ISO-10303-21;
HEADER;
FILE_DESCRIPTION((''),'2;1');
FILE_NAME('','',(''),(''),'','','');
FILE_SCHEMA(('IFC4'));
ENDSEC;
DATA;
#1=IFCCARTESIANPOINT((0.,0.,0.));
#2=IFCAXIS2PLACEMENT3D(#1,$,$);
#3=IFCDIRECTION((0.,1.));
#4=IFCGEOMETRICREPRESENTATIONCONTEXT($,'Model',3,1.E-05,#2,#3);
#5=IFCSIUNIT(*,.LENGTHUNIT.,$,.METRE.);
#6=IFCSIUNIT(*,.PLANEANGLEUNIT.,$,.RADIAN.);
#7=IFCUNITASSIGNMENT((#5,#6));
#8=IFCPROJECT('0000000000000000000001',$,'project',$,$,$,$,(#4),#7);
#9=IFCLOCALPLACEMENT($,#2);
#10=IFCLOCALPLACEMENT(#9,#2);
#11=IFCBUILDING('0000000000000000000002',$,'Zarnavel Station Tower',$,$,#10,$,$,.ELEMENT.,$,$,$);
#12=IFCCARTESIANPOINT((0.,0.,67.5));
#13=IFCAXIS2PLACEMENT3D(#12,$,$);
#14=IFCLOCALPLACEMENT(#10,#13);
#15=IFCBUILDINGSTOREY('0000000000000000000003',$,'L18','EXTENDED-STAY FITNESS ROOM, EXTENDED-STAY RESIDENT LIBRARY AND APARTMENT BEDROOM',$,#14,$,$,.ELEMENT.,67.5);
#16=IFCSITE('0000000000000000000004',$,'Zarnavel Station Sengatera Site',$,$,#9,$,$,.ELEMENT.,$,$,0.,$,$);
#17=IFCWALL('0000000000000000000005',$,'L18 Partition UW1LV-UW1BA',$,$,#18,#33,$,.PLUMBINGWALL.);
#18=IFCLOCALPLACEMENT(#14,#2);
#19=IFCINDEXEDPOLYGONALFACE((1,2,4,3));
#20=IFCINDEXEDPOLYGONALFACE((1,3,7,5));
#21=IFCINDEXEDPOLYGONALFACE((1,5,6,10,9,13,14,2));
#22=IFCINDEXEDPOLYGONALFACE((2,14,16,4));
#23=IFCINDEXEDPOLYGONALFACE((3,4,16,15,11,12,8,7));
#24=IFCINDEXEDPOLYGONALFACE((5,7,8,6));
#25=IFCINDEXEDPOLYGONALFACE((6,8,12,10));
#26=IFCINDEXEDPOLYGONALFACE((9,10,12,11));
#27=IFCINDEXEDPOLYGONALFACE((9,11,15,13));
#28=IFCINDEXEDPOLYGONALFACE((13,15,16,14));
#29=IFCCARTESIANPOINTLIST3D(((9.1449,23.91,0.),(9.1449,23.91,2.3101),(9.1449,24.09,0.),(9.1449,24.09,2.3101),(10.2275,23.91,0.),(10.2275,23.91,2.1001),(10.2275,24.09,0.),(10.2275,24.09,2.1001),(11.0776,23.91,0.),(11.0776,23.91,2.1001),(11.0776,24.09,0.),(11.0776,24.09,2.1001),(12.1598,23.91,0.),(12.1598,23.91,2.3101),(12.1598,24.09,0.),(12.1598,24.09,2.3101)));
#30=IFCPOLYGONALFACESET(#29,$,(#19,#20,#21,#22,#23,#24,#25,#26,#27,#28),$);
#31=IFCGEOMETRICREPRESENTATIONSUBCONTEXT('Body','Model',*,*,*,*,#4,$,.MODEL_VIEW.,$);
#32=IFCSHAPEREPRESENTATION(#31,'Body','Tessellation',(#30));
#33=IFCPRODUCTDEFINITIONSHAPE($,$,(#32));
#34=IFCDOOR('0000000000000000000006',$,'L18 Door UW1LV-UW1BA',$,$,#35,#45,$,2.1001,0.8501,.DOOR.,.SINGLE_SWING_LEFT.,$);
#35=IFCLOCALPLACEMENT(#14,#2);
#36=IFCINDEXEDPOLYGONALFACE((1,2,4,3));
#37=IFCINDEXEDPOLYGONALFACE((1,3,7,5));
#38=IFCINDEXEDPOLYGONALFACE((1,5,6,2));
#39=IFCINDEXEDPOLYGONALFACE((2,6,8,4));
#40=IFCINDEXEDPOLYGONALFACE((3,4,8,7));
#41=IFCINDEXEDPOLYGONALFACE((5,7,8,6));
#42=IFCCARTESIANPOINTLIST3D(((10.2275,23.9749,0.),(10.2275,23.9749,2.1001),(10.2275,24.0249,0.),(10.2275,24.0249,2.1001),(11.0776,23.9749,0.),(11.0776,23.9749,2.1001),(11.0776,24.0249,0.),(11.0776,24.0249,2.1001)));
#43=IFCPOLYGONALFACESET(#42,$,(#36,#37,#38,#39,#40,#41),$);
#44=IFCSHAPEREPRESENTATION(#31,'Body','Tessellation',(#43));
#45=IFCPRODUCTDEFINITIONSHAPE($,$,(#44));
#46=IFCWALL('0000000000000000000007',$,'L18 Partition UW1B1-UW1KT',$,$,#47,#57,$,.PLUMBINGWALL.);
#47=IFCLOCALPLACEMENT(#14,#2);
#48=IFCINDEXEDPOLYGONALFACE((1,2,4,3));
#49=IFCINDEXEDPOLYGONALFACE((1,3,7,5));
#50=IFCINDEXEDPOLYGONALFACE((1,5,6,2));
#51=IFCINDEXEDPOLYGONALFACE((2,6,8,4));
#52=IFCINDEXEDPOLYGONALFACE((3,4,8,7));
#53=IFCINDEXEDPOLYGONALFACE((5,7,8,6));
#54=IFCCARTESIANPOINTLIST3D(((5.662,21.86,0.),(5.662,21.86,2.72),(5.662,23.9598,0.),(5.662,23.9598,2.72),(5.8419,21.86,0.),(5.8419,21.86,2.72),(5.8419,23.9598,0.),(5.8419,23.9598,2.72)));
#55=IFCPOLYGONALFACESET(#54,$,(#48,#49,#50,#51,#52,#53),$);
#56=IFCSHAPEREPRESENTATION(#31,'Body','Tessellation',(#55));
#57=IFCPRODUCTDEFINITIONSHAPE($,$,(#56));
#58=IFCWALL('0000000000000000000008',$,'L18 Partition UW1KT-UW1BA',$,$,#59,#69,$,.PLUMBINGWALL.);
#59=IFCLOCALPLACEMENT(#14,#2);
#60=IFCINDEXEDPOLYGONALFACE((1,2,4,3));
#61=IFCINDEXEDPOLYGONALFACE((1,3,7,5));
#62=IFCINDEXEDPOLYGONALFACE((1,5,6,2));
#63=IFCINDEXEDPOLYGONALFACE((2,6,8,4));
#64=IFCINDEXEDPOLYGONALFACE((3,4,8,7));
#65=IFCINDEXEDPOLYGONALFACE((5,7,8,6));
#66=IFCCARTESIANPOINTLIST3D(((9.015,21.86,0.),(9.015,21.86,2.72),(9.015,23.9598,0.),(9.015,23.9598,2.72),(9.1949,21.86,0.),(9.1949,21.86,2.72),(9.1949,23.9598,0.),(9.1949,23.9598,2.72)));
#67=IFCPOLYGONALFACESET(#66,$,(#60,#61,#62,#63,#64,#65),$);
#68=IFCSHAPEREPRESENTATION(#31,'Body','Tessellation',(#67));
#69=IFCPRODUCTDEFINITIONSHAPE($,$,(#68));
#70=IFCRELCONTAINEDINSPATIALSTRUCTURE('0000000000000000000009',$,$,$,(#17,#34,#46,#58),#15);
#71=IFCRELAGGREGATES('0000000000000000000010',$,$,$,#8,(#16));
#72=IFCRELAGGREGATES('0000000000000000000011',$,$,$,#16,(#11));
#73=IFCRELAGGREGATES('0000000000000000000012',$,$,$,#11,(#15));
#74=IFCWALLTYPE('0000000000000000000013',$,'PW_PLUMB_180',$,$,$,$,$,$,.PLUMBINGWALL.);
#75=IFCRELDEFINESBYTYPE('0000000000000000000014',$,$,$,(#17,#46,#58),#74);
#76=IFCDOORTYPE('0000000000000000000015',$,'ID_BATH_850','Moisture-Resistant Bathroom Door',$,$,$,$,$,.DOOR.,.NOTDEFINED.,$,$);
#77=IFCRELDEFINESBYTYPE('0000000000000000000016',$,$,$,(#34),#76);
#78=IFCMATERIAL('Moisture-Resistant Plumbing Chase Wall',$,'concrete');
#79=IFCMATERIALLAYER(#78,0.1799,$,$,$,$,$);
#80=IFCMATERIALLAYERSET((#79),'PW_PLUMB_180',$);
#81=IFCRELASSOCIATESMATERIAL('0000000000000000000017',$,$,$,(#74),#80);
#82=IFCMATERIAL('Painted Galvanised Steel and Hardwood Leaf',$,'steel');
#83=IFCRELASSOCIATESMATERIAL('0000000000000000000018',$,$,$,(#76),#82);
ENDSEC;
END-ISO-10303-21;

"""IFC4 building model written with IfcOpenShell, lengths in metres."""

from ifc_helpers import new_model, si_unit, direction, frame, frame_2d, origin, place, context, subcontext, project, spatial, rectangle, extrude, material, layer, layer_set, type_object, element, fill, save


model = new_model("IFC4")

# Units and contexts
model_context = context("Model", 3, precision=1e-05, world=origin(), true_north=direction((0.0, 1.0)))
body_context = subcontext(model_context, "Body", "Model", "MODEL_VIEW")
ifc_project = project(units=[si_unit("LENGTHUNIT", "METRE"), si_unit("PLANEANGLEUNIT", "RADIAN")], contexts=[model_context])

# Site, building, storey
site_placement = place(None, origin())
site = spatial("IfcSite", under=ifc_project, at=site_placement, Name="Zarnavel Station Sengatera Site", CompositionType="ELEMENT", RefElevation=0.0)
building_placement = place(site_placement, origin())
building = spatial("IfcBuilding", under=site, at=building_placement, Name="Zarnavel Station Tower", CompositionType="ELEMENT")
storey_placement = place(building_placement, frame((0.0, 0.0, 67.5)))
storey = spatial("IfcBuildingStorey", under=building, at=storey_placement, Name="L18", Description="EXTENDED-STAY FITNESS ROOM, EXTENDED-STAY RESIDENT LIBRARY AND APARTMENT BEDROOM", CompositionType="ELEMENT", Elevation=67.5)

# Wall, opening, door
ifc_material_1 = material(Name="Moisture-Resistant Plumbing Chase Wall", Category="concrete")
ifc_layer_1 = layer(ifc_material_1, 0.1799)
ifc_layer_set_1 = layer_set([ifc_layer_1], Name="PW_PLUMB_180")
wall_type_1 = type_object("IfcWallType", Name="PW_PLUMB_180", PredefinedType="PLUMBINGWALL", material=ifc_layer_set_1)
wall_1_placement = place(storey_placement, frame((9.145, 24.0, 0.0), z_axis=(0.0, 0.0, 1.0), x_axis=(1.0, 0.0, 0.0)))
wall_1 = element("IfcWall", 1, at=wall_1_placement, inside=storey, type_object=wall_type_1, Name="L18 Partition UW1LV-UW1BA", PredefinedType="PLUMBINGWALL", context=body_context, shape_type="SweptSolid", body=[
    extrude(rectangle(XDim=3.0149, YDim=0.1799, at=frame_2d((1.5073, 0.0))), origin(), (0.0, 0.0, 1.0), 2.3101),
])
opening_1_placement = place(wall_1_placement, frame((1.0825, 0.0, 0.0)))
opening_1 = element("IfcOpeningElement", 2, at=opening_1_placement, cuts=wall_1, PredefinedType="OPENING", context=body_context, shape_type="SweptSolid", body=[
    extrude(rectangle(XDim=0.8501, YDim=2.1001, at=frame_2d((0.425, 1.05))), frame((0.0, 0.0999, 0.0), z_axis=(0.0, -1.0, 0.0), x_axis=(1.0, 0.0, 0.0)), (0.0, 0.0, 1.0), 0.2),
])
ifc_material_2 = material(Name="Painted Galvanised Steel and Hardwood Leaf", Category="steel")
door_type_1 = type_object("IfcDoorType", Name="ID_BATH_850", Description="Moisture-Resistant Bathroom Door", OperationType="NOTDEFINED", PredefinedType="DOOR", material=ifc_material_2)
door_1_placement = place(opening_1_placement, origin())
door_1 = element("IfcDoor", 3, at=door_1_placement, inside=storey, type_object=door_type_1, Name="L18 Door UW1LV-UW1BA", OperationType="SINGLE_SWING_LEFT", OverallHeight=2.1001, OverallWidth=0.8501, PredefinedType="DOOR", context=body_context, shape_type="SweptSolid", body=[
    extrude(rectangle(XDim=0.8501, YDim=2.1001, at=frame_2d((0.425, 1.05))), frame((0.0, 0.0249, 0.0), z_axis=(0.0, -1.0, 0.0), x_axis=(1.0, 0.0, 0.0)), (0.0, 0.0, 1.0), 0.05),
])
fill(opening_1, door_1)

# Walls
for number, where, z_axis, x_axis, name in (
    (4, (5.752, 21.8601, 0.0), (0.0, 0.0, 1.0), (0.0, 1.0, 0.0), "L18 Partition UW1B1-UW1KT"),
    (5, (9.105, 21.8601, 0.0), (0.0, 0.0, 1.0), (0.0, 1.0, 0.0), "L18 Partition UW1KT-UW1BA"),
):
    element("IfcWall", number, at=place(storey_placement, frame(where, z_axis=z_axis, x_axis=x_axis)), inside=storey, type_object=wall_type_1, Name=name, PredefinedType="PLUMBINGWALL", context=body_context, shape_type="SweptSolid", body=[
        extrude(rectangle(XDim=2.0999, YDim=0.1799, at=frame_2d((1.0498, 0.0))), origin(), (0.0, 0.0, 1.0), 2.72),
    ])

save(model, "model.ifc")
